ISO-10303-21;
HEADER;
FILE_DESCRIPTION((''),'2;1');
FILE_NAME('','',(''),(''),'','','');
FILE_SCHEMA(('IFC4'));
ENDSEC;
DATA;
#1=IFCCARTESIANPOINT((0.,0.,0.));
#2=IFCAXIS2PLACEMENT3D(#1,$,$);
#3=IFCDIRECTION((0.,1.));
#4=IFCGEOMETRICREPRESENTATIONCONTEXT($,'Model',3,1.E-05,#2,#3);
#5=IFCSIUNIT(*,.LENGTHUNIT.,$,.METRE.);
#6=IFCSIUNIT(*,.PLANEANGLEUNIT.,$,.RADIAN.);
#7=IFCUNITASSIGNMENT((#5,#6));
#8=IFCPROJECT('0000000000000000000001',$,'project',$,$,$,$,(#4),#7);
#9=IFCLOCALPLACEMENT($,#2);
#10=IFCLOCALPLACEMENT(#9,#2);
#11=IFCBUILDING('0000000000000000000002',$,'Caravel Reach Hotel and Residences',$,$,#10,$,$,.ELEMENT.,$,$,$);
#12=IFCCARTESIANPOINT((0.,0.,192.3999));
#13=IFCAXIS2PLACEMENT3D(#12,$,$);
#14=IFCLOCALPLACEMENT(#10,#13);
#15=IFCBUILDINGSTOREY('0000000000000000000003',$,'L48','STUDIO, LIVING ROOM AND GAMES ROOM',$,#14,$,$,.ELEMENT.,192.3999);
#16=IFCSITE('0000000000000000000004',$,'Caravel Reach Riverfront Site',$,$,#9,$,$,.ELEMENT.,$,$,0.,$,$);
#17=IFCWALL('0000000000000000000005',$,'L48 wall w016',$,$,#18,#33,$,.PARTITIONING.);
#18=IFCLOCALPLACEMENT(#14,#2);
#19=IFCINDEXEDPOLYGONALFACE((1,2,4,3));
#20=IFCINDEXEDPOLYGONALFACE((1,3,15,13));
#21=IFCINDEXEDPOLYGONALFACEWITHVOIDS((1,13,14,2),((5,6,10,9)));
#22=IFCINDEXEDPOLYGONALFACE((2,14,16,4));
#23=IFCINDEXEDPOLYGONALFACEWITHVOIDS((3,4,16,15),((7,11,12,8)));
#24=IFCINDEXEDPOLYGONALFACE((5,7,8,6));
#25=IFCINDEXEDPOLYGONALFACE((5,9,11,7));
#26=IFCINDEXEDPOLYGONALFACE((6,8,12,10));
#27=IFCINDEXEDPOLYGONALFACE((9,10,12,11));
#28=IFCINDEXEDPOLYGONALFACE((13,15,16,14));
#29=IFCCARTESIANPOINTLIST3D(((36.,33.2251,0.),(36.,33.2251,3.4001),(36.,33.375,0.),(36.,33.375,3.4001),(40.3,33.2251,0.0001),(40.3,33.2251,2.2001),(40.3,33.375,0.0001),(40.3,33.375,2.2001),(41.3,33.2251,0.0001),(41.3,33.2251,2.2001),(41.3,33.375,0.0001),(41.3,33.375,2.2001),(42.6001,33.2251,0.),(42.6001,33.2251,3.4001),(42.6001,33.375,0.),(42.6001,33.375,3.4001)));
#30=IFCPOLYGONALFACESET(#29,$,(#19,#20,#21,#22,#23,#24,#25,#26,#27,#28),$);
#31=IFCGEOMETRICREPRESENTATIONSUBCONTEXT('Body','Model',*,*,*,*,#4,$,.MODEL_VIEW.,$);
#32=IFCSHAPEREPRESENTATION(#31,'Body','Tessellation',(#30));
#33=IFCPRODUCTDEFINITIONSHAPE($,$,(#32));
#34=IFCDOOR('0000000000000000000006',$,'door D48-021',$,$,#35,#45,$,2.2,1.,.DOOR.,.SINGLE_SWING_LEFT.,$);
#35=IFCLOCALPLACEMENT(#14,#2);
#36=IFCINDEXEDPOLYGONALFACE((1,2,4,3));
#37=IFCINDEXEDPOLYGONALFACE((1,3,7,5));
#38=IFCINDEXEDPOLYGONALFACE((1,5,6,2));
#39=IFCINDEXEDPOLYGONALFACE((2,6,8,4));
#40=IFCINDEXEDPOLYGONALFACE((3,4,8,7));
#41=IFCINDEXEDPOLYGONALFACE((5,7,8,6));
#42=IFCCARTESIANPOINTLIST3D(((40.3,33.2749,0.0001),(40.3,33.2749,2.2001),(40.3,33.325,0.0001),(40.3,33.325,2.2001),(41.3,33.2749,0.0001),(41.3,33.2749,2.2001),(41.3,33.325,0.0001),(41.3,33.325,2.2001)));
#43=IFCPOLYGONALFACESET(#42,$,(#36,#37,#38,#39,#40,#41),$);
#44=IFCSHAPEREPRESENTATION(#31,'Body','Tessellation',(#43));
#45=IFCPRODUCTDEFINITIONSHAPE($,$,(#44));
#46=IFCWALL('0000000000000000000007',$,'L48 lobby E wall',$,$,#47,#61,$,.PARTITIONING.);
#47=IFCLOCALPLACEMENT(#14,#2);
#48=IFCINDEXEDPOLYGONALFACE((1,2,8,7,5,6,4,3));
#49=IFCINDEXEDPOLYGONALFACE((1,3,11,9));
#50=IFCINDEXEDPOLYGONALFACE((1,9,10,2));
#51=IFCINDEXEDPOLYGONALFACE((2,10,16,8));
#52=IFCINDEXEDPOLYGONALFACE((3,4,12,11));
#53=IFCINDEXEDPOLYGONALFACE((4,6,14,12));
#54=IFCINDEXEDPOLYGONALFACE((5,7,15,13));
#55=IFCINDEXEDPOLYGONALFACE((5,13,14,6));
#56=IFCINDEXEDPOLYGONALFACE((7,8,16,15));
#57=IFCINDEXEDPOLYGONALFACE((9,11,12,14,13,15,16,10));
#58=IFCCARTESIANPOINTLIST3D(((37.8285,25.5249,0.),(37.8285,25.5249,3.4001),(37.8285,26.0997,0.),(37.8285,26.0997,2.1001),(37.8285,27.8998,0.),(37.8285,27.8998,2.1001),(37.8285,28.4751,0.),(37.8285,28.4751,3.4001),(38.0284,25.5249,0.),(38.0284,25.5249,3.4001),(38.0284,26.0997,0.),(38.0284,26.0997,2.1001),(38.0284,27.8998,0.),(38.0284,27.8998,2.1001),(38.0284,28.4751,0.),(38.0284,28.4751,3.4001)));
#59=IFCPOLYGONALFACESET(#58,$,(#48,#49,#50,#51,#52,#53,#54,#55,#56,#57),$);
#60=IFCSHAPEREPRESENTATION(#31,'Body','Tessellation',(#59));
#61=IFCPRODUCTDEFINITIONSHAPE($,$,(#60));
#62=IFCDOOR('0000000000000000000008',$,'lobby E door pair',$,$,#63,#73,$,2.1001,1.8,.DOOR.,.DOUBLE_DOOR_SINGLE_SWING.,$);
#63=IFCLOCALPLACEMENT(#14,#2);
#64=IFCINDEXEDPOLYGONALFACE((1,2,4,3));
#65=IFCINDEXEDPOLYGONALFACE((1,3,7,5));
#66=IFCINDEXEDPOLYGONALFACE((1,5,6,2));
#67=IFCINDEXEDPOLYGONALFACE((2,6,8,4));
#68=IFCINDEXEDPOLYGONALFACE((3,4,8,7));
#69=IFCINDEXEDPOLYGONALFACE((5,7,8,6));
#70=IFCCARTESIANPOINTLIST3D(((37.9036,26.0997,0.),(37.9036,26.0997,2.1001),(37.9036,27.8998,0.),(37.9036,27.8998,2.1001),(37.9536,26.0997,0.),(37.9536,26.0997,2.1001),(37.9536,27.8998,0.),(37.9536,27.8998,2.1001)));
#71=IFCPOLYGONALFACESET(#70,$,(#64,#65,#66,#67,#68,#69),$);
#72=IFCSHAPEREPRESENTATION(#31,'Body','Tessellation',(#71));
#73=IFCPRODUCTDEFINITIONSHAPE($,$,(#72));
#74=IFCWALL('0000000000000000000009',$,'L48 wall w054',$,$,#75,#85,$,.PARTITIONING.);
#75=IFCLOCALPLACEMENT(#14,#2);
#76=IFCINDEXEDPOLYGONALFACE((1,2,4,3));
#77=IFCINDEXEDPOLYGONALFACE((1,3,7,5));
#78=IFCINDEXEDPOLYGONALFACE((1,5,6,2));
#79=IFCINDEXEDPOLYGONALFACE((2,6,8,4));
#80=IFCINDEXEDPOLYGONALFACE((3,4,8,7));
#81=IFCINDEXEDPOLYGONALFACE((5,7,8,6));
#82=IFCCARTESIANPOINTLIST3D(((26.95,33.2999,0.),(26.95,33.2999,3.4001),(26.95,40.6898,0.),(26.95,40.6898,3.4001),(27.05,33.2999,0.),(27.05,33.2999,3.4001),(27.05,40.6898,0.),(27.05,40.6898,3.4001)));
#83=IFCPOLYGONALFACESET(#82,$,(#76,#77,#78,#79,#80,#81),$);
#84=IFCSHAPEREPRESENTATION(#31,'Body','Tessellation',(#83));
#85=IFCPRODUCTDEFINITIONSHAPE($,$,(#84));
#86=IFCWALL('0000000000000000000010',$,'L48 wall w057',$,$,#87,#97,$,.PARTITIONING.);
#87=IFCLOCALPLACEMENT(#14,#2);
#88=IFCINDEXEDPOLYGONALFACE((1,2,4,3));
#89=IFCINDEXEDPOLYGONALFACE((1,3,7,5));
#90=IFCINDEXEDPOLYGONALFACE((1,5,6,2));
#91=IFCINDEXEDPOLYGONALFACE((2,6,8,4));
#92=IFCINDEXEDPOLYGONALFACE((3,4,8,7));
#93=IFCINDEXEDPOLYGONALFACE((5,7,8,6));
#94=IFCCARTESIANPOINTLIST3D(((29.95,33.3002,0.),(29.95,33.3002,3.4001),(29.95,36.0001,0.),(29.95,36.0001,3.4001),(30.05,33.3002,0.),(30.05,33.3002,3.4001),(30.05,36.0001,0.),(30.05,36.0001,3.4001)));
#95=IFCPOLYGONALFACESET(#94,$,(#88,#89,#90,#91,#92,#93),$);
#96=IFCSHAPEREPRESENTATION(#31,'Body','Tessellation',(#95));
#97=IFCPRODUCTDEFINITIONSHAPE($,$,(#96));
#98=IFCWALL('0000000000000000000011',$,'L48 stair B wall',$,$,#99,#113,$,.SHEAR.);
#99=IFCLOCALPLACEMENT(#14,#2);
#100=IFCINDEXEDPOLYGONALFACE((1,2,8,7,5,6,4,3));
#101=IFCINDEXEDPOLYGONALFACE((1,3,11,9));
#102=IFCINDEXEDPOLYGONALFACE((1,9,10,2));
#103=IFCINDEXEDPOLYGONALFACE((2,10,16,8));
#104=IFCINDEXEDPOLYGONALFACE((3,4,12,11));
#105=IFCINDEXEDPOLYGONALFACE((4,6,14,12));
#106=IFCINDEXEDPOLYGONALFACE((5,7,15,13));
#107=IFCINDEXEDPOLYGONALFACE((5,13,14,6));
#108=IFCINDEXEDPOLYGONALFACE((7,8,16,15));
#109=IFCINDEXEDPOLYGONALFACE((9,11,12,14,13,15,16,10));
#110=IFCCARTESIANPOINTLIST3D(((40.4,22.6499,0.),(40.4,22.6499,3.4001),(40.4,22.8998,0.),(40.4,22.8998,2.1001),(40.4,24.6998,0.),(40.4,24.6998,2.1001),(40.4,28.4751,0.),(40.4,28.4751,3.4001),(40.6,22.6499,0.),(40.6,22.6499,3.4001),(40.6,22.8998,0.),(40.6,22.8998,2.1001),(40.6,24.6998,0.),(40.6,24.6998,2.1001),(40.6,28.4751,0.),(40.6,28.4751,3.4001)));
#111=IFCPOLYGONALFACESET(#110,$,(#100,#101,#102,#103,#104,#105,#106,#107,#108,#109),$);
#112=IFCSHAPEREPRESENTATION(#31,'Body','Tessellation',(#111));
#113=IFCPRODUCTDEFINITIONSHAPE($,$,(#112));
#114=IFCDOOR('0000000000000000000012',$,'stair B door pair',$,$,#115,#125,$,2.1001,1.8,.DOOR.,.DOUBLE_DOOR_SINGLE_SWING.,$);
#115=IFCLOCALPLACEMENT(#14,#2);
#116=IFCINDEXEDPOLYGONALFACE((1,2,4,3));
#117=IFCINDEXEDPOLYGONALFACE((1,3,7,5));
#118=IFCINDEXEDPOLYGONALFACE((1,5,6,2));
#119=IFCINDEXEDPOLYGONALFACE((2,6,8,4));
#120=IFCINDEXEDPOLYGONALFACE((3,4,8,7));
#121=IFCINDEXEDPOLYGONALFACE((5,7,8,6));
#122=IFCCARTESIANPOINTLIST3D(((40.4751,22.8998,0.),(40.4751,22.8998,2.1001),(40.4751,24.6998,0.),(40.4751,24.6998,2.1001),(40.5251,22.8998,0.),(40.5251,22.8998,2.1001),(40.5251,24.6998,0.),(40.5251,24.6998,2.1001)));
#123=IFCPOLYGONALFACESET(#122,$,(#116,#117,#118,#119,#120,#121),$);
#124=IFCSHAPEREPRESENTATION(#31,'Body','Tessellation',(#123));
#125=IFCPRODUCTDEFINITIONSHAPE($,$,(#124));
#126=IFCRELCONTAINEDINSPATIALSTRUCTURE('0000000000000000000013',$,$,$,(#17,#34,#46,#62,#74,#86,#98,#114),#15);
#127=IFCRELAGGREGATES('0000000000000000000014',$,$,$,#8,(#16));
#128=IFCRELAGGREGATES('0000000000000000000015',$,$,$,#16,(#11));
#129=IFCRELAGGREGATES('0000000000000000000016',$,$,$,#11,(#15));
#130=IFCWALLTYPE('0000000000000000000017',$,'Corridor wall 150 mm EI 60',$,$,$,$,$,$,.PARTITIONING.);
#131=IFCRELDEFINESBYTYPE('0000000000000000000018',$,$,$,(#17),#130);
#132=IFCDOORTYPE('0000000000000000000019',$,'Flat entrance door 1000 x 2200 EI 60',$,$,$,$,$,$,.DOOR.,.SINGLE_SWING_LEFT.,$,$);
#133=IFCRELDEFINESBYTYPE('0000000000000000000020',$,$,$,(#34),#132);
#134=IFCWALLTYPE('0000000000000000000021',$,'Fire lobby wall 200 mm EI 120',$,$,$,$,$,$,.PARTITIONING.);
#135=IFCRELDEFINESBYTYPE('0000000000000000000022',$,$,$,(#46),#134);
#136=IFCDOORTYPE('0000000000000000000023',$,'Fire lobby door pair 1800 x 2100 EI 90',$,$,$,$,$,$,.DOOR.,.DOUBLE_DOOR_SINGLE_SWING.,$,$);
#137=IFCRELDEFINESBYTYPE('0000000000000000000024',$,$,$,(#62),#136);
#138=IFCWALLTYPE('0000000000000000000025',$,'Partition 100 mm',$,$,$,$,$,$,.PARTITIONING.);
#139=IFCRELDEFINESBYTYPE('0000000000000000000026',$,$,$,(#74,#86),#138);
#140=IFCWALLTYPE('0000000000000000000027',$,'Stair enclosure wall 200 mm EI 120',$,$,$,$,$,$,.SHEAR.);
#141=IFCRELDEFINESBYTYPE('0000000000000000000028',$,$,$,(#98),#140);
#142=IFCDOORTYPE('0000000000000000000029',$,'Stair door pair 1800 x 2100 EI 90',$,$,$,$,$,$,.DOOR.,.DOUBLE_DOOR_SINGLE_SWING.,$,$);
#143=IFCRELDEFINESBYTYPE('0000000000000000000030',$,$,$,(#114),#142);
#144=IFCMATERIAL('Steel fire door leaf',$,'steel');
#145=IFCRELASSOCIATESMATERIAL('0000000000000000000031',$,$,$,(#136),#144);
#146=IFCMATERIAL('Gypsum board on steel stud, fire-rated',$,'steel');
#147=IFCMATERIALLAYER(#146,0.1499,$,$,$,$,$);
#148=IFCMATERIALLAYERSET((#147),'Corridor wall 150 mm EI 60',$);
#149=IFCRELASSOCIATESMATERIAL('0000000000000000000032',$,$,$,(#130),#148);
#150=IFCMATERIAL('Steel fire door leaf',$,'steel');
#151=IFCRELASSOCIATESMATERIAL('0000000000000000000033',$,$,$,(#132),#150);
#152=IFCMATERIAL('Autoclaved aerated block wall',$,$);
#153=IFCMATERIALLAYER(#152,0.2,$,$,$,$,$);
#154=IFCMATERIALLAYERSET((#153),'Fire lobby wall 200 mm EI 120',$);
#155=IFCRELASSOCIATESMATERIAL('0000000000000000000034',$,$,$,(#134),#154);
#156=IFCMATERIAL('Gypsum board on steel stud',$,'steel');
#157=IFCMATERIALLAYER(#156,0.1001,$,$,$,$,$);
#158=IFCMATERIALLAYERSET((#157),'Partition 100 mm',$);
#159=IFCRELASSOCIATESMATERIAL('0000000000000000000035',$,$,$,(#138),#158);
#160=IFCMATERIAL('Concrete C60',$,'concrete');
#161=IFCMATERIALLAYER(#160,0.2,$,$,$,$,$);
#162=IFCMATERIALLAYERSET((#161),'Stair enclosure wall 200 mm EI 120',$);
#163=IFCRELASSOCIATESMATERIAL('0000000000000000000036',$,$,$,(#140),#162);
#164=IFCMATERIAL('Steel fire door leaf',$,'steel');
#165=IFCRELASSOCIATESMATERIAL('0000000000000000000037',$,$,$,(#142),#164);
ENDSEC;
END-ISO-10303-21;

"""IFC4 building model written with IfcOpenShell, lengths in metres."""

from ifc_helpers import new_model, si_unit, direction, frame, frame_2d, origin, place, context, subcontext, project, spatial, rectangle, extrude, material, layer, layer_set, type_object, element, fill, save


model = new_model("IFC4")

# Units and contexts
model_context = context("Model", 3, precision=1e-05, world=origin(), true_north=direction((0.0, 1.0)))
body_context = subcontext(model_context, "Body", "Model", "MODEL_VIEW")
ifc_project = project(units=[si_unit("LENGTHUNIT", "METRE"), si_unit("PLANEANGLEUNIT", "RADIAN")], contexts=[model_context])

# Site, building, storey
site_placement = place(None, origin())
site = spatial("IfcSite", under=ifc_project, at=site_placement, Name="Caravel Reach Riverfront Site", CompositionType="ELEMENT", RefElevation=0.0)
building_placement = place(site_placement, origin())
building = spatial("IfcBuilding", under=site, at=building_placement, Name="Caravel Reach Hotel and Residences", CompositionType="ELEMENT")
storey_placement = place(building_placement, frame((0.0, 0.0, 192.3999)))
storey = spatial("IfcBuildingStorey", under=building, at=storey_placement, Name="L48", Description="STUDIO, LIVING ROOM AND GAMES ROOM", CompositionType="ELEMENT", Elevation=192.3999)

# Shared definitions
ifc_material_1 = material(Name="Steel fire door leaf", Category="steel")
door_type_1 = type_object("IfcDoorType", Name="Fire lobby door pair 1800 x 2100 EI 90", OperationType="DOUBLE_DOOR_SINGLE_SWING", PredefinedType="DOOR", material=ifc_material_1)

# Shared definitions
ifc_material_2 = material(Name="Gypsum board on steel stud, fire-rated", Category="steel")
ifc_layer_1 = layer(ifc_material_2, 0.1499)
ifc_layer_set_1 = layer_set([ifc_layer_1], Name="Corridor wall 150 mm EI 60")
wall_type_1 = type_object("IfcWallType", Name="Corridor wall 150 mm EI 60", PredefinedType="PARTITIONING", material=ifc_layer_set_1)

# Walls, openings, doors
wall_1_placement = place(storey_placement, frame((36.0, 33.3, 0.0), z_axis=(0.0, 0.0, 1.0), x_axis=(1.0, 0.0, 0.0)))
wall_1 = element("IfcWall", 1, at=wall_1_placement, inside=storey, type_object=wall_type_1, Name="L48 wall w016", PredefinedType="PARTITIONING", context=body_context, shape_type="SweptSolid", body=[
    extrude(rectangle(XDim=6.6001, YDim=0.1499, at=frame_2d((3.3, 0.0))), origin(), (0.0, 0.0, 1.0), 3.4001),
])
opening_1_placement = place(wall_1_placement, frame((4.3, 0.0, 0.0)))
opening_1 = element("IfcOpeningElement", 2, at=opening_1_placement, cuts=wall_1, PredefinedType="OPENING", context=body_context, shape_type="SweptSolid", body=[
    extrude(rectangle(XDim=1.0, YDim=2.2, at=frame_2d((0.5, 1.1001))), frame((0.0, 0.085, 0.0), z_axis=(0.0, -1.0, 0.0), x_axis=(1.0, 0.0, 0.0)), (0.0, 0.0, 1.0), 0.1699),
])
ifc_material_3 = material(Name="Steel fire door leaf", Category="steel")
door_type_2 = type_object("IfcDoorType", Name="Flat entrance door 1000 x 2200 EI 60", OperationType="SINGLE_SWING_LEFT", PredefinedType="DOOR", material=ifc_material_3)
door_1_placement = place(opening_1_placement, origin())
door_1 = element("IfcDoor", 3, at=door_1_placement, inside=storey, type_object=door_type_2, Name="door D48-021", OperationType="SINGLE_SWING_LEFT", OverallHeight=2.2, OverallWidth=1.0, PredefinedType="DOOR", context=body_context, shape_type="SweptSolid", body=[
    extrude(rectangle(XDim=1.0, YDim=2.2, at=frame_2d((0.5, 1.1001))), frame((0.0, 0.0249, 0.0), z_axis=(0.0, -1.0, 0.0), x_axis=(1.0, 0.0, 0.0)), (0.0, 0.0, 1.0), 0.05),
])
fill(opening_1, door_1)
ifc_material_4 = material(Name="Autoclaved aerated block wall")
ifc_layer_2 = layer(ifc_material_4, 0.2)
ifc_layer_set_2 = layer_set([ifc_layer_2], Name="Fire lobby wall 200 mm EI 120")
wall_type_2 = type_object("IfcWallType", Name="Fire lobby wall 200 mm EI 120", PredefinedType="PARTITIONING", material=ifc_layer_set_2)
wall_2_placement = place(storey_placement, frame((37.9285, 25.5249, 0.0), z_axis=(0.0, 0.0, 1.0), x_axis=(0.0, 1.0, 0.0)))
wall_2 = element("IfcWall", 4, at=wall_2_placement, inside=storey, type_object=wall_type_2, Name="L48 lobby E wall", PredefinedType="PARTITIONING", context=body_context, shape_type="SweptSolid", body=[
    extrude(rectangle(XDim=2.9502, YDim=0.2, at=frame_2d((1.4751, 0.0))), origin(), (0.0, 0.0, 1.0), 3.4001),
])
opening_2_placement = place(wall_2_placement, frame((0.575, 0.0, 0.0)))
opening_2 = element("IfcOpeningElement", 5, at=opening_2_placement, cuts=wall_2, PredefinedType="OPENING", context=body_context, shape_type="SweptSolid", body=[
    extrude(rectangle(XDim=1.8, YDim=2.1001, at=frame_2d((0.8999, 1.05))), frame((0.0, 0.1099, 0.0), z_axis=(0.0, -1.0, 0.0), x_axis=(1.0, 0.0, 0.0)), (0.0, 0.0, 1.0), 0.22),
])
door_2_placement = place(opening_2_placement, origin())
door_2 = element("IfcDoor", 6, at=door_2_placement, inside=storey, type_object=door_type_1, Name="lobby E door pair", OperationType="DOUBLE_DOOR_SINGLE_SWING", OverallHeight=2.1001, OverallWidth=1.8, PredefinedType="DOOR", context=body_context, shape_type="SweptSolid", body=[
    extrude(rectangle(XDim=1.8, YDim=2.1001, at=frame_2d((0.8999, 1.05))), frame((0.0, 0.0249, 0.0), z_axis=(0.0, -1.0, 0.0), x_axis=(1.0, 0.0, 0.0)), (0.0, 0.0, 1.0), 0.05),
])
fill(opening_2, door_2)

# Walls
ifc_material_5 = material(Name="Gypsum board on steel stud", Category="steel")
ifc_layer_3 = layer(ifc_material_5, 0.1001)
ifc_layer_set_3 = layer_set([ifc_layer_3], Name="Partition 100 mm")
wall_type_3 = type_object("IfcWallType", Name="Partition 100 mm", PredefinedType="PARTITIONING", material=ifc_layer_set_3)
wall_3_placement = place(storey_placement, frame((27.0, 33.3, 0.0), z_axis=(0.0, 0.0, 1.0), x_axis=(0.0, 1.0, 0.0)))
element("IfcWall", 7, at=wall_3_placement, inside=storey, type_object=wall_type_3, Name="L48 wall w054", PredefinedType="PARTITIONING", context=body_context, shape_type="SweptSolid", body=[
    extrude(rectangle(XDim=7.3899, YDim=0.1001, at=frame_2d((3.6948, 0.0))), origin(), (0.0, 0.0, 1.0), 3.4001),
])
wall_4_placement = place(storey_placement, frame((30.0, 33.3, 0.0), z_axis=(0.0, 0.0, 1.0), x_axis=(0.0, 1.0, 0.0)))
element("IfcWall", 8, at=wall_4_placement, inside=storey, type_object=wall_type_3, Name="L48 wall w057", PredefinedType="PARTITIONING", context=body_context, shape_type="SweptSolid", body=[
    extrude(rectangle(XDim=2.7, YDim=0.1001, at=frame_2d((1.3501, 0.0))), origin(), (0.0, 0.0, 1.0), 3.4001),
])

# Wall, opening, door
ifc_material_6 = material(Name="Concrete C60", Category="concrete")
ifc_layer_4 = layer(ifc_material_6, 0.2)
ifc_layer_set_4 = layer_set([ifc_layer_4], Name="Stair enclosure wall 200 mm EI 120")
wall_type_4 = type_object("IfcWallType", Name="Stair enclosure wall 200 mm EI 120", PredefinedType="SHEAR", material=ifc_layer_set_4)
wall_5_placement = place(storey_placement, frame((40.5, 22.6499, 0.0), z_axis=(0.0, 0.0, 1.0), x_axis=(0.0, 1.0, 0.0)))
wall_5 = element("IfcWall", 9, at=wall_5_placement, inside=storey, type_object=wall_type_4, Name="L48 stair B wall", PredefinedType="SHEAR", context=body_context, shape_type="SweptSolid", body=[
    extrude(rectangle(XDim=5.8252, YDim=0.2, at=frame_2d((2.9126, 0.0))), origin(), (0.0, 0.0, 1.0), 3.4001),
])
opening_3_placement = place(wall_5_placement, frame((0.25, 0.0, 0.0)))
opening_3 = element("IfcOpeningElement", 10, at=opening_3_placement, cuts=wall_5, PredefinedType="OPENING", context=body_context, shape_type="SweptSolid", body=[
    extrude(rectangle(XDim=1.8, YDim=2.1001, at=frame_2d((0.8999, 1.05))), frame((0.0, 0.1099, 0.0), z_axis=(0.0, -1.0, 0.0), x_axis=(1.0, 0.0, 0.0)), (0.0, 0.0, 1.0), 0.22),
])
ifc_material_7 = material(Name="Steel fire door leaf", Category="steel")
door_type_3 = type_object("IfcDoorType", Name="Stair door pair 1800 x 2100 EI 90", OperationType="DOUBLE_DOOR_SINGLE_SWING", PredefinedType="DOOR", material=ifc_material_7)
door_3_placement = place(opening_3_placement, origin())
door_3 = element("IfcDoor", 11, at=door_3_placement, inside=storey, type_object=door_type_3, Name="stair B door pair", OperationType="DOUBLE_DOOR_SINGLE_SWING", OverallHeight=2.1001, OverallWidth=1.8, PredefinedType="DOOR", context=body_context, shape_type="SweptSolid", body=[
    extrude(rectangle(XDim=1.8, YDim=2.1001, at=frame_2d((0.8999, 1.05))), frame((0.0, 0.0249, 0.0), z_axis=(0.0, -1.0, 0.0), x_axis=(1.0, 0.0, 0.0)), (0.0, 0.0, 1.0), 0.05),
])
fill(opening_3, door_3)

save(model, "model.ifc")
